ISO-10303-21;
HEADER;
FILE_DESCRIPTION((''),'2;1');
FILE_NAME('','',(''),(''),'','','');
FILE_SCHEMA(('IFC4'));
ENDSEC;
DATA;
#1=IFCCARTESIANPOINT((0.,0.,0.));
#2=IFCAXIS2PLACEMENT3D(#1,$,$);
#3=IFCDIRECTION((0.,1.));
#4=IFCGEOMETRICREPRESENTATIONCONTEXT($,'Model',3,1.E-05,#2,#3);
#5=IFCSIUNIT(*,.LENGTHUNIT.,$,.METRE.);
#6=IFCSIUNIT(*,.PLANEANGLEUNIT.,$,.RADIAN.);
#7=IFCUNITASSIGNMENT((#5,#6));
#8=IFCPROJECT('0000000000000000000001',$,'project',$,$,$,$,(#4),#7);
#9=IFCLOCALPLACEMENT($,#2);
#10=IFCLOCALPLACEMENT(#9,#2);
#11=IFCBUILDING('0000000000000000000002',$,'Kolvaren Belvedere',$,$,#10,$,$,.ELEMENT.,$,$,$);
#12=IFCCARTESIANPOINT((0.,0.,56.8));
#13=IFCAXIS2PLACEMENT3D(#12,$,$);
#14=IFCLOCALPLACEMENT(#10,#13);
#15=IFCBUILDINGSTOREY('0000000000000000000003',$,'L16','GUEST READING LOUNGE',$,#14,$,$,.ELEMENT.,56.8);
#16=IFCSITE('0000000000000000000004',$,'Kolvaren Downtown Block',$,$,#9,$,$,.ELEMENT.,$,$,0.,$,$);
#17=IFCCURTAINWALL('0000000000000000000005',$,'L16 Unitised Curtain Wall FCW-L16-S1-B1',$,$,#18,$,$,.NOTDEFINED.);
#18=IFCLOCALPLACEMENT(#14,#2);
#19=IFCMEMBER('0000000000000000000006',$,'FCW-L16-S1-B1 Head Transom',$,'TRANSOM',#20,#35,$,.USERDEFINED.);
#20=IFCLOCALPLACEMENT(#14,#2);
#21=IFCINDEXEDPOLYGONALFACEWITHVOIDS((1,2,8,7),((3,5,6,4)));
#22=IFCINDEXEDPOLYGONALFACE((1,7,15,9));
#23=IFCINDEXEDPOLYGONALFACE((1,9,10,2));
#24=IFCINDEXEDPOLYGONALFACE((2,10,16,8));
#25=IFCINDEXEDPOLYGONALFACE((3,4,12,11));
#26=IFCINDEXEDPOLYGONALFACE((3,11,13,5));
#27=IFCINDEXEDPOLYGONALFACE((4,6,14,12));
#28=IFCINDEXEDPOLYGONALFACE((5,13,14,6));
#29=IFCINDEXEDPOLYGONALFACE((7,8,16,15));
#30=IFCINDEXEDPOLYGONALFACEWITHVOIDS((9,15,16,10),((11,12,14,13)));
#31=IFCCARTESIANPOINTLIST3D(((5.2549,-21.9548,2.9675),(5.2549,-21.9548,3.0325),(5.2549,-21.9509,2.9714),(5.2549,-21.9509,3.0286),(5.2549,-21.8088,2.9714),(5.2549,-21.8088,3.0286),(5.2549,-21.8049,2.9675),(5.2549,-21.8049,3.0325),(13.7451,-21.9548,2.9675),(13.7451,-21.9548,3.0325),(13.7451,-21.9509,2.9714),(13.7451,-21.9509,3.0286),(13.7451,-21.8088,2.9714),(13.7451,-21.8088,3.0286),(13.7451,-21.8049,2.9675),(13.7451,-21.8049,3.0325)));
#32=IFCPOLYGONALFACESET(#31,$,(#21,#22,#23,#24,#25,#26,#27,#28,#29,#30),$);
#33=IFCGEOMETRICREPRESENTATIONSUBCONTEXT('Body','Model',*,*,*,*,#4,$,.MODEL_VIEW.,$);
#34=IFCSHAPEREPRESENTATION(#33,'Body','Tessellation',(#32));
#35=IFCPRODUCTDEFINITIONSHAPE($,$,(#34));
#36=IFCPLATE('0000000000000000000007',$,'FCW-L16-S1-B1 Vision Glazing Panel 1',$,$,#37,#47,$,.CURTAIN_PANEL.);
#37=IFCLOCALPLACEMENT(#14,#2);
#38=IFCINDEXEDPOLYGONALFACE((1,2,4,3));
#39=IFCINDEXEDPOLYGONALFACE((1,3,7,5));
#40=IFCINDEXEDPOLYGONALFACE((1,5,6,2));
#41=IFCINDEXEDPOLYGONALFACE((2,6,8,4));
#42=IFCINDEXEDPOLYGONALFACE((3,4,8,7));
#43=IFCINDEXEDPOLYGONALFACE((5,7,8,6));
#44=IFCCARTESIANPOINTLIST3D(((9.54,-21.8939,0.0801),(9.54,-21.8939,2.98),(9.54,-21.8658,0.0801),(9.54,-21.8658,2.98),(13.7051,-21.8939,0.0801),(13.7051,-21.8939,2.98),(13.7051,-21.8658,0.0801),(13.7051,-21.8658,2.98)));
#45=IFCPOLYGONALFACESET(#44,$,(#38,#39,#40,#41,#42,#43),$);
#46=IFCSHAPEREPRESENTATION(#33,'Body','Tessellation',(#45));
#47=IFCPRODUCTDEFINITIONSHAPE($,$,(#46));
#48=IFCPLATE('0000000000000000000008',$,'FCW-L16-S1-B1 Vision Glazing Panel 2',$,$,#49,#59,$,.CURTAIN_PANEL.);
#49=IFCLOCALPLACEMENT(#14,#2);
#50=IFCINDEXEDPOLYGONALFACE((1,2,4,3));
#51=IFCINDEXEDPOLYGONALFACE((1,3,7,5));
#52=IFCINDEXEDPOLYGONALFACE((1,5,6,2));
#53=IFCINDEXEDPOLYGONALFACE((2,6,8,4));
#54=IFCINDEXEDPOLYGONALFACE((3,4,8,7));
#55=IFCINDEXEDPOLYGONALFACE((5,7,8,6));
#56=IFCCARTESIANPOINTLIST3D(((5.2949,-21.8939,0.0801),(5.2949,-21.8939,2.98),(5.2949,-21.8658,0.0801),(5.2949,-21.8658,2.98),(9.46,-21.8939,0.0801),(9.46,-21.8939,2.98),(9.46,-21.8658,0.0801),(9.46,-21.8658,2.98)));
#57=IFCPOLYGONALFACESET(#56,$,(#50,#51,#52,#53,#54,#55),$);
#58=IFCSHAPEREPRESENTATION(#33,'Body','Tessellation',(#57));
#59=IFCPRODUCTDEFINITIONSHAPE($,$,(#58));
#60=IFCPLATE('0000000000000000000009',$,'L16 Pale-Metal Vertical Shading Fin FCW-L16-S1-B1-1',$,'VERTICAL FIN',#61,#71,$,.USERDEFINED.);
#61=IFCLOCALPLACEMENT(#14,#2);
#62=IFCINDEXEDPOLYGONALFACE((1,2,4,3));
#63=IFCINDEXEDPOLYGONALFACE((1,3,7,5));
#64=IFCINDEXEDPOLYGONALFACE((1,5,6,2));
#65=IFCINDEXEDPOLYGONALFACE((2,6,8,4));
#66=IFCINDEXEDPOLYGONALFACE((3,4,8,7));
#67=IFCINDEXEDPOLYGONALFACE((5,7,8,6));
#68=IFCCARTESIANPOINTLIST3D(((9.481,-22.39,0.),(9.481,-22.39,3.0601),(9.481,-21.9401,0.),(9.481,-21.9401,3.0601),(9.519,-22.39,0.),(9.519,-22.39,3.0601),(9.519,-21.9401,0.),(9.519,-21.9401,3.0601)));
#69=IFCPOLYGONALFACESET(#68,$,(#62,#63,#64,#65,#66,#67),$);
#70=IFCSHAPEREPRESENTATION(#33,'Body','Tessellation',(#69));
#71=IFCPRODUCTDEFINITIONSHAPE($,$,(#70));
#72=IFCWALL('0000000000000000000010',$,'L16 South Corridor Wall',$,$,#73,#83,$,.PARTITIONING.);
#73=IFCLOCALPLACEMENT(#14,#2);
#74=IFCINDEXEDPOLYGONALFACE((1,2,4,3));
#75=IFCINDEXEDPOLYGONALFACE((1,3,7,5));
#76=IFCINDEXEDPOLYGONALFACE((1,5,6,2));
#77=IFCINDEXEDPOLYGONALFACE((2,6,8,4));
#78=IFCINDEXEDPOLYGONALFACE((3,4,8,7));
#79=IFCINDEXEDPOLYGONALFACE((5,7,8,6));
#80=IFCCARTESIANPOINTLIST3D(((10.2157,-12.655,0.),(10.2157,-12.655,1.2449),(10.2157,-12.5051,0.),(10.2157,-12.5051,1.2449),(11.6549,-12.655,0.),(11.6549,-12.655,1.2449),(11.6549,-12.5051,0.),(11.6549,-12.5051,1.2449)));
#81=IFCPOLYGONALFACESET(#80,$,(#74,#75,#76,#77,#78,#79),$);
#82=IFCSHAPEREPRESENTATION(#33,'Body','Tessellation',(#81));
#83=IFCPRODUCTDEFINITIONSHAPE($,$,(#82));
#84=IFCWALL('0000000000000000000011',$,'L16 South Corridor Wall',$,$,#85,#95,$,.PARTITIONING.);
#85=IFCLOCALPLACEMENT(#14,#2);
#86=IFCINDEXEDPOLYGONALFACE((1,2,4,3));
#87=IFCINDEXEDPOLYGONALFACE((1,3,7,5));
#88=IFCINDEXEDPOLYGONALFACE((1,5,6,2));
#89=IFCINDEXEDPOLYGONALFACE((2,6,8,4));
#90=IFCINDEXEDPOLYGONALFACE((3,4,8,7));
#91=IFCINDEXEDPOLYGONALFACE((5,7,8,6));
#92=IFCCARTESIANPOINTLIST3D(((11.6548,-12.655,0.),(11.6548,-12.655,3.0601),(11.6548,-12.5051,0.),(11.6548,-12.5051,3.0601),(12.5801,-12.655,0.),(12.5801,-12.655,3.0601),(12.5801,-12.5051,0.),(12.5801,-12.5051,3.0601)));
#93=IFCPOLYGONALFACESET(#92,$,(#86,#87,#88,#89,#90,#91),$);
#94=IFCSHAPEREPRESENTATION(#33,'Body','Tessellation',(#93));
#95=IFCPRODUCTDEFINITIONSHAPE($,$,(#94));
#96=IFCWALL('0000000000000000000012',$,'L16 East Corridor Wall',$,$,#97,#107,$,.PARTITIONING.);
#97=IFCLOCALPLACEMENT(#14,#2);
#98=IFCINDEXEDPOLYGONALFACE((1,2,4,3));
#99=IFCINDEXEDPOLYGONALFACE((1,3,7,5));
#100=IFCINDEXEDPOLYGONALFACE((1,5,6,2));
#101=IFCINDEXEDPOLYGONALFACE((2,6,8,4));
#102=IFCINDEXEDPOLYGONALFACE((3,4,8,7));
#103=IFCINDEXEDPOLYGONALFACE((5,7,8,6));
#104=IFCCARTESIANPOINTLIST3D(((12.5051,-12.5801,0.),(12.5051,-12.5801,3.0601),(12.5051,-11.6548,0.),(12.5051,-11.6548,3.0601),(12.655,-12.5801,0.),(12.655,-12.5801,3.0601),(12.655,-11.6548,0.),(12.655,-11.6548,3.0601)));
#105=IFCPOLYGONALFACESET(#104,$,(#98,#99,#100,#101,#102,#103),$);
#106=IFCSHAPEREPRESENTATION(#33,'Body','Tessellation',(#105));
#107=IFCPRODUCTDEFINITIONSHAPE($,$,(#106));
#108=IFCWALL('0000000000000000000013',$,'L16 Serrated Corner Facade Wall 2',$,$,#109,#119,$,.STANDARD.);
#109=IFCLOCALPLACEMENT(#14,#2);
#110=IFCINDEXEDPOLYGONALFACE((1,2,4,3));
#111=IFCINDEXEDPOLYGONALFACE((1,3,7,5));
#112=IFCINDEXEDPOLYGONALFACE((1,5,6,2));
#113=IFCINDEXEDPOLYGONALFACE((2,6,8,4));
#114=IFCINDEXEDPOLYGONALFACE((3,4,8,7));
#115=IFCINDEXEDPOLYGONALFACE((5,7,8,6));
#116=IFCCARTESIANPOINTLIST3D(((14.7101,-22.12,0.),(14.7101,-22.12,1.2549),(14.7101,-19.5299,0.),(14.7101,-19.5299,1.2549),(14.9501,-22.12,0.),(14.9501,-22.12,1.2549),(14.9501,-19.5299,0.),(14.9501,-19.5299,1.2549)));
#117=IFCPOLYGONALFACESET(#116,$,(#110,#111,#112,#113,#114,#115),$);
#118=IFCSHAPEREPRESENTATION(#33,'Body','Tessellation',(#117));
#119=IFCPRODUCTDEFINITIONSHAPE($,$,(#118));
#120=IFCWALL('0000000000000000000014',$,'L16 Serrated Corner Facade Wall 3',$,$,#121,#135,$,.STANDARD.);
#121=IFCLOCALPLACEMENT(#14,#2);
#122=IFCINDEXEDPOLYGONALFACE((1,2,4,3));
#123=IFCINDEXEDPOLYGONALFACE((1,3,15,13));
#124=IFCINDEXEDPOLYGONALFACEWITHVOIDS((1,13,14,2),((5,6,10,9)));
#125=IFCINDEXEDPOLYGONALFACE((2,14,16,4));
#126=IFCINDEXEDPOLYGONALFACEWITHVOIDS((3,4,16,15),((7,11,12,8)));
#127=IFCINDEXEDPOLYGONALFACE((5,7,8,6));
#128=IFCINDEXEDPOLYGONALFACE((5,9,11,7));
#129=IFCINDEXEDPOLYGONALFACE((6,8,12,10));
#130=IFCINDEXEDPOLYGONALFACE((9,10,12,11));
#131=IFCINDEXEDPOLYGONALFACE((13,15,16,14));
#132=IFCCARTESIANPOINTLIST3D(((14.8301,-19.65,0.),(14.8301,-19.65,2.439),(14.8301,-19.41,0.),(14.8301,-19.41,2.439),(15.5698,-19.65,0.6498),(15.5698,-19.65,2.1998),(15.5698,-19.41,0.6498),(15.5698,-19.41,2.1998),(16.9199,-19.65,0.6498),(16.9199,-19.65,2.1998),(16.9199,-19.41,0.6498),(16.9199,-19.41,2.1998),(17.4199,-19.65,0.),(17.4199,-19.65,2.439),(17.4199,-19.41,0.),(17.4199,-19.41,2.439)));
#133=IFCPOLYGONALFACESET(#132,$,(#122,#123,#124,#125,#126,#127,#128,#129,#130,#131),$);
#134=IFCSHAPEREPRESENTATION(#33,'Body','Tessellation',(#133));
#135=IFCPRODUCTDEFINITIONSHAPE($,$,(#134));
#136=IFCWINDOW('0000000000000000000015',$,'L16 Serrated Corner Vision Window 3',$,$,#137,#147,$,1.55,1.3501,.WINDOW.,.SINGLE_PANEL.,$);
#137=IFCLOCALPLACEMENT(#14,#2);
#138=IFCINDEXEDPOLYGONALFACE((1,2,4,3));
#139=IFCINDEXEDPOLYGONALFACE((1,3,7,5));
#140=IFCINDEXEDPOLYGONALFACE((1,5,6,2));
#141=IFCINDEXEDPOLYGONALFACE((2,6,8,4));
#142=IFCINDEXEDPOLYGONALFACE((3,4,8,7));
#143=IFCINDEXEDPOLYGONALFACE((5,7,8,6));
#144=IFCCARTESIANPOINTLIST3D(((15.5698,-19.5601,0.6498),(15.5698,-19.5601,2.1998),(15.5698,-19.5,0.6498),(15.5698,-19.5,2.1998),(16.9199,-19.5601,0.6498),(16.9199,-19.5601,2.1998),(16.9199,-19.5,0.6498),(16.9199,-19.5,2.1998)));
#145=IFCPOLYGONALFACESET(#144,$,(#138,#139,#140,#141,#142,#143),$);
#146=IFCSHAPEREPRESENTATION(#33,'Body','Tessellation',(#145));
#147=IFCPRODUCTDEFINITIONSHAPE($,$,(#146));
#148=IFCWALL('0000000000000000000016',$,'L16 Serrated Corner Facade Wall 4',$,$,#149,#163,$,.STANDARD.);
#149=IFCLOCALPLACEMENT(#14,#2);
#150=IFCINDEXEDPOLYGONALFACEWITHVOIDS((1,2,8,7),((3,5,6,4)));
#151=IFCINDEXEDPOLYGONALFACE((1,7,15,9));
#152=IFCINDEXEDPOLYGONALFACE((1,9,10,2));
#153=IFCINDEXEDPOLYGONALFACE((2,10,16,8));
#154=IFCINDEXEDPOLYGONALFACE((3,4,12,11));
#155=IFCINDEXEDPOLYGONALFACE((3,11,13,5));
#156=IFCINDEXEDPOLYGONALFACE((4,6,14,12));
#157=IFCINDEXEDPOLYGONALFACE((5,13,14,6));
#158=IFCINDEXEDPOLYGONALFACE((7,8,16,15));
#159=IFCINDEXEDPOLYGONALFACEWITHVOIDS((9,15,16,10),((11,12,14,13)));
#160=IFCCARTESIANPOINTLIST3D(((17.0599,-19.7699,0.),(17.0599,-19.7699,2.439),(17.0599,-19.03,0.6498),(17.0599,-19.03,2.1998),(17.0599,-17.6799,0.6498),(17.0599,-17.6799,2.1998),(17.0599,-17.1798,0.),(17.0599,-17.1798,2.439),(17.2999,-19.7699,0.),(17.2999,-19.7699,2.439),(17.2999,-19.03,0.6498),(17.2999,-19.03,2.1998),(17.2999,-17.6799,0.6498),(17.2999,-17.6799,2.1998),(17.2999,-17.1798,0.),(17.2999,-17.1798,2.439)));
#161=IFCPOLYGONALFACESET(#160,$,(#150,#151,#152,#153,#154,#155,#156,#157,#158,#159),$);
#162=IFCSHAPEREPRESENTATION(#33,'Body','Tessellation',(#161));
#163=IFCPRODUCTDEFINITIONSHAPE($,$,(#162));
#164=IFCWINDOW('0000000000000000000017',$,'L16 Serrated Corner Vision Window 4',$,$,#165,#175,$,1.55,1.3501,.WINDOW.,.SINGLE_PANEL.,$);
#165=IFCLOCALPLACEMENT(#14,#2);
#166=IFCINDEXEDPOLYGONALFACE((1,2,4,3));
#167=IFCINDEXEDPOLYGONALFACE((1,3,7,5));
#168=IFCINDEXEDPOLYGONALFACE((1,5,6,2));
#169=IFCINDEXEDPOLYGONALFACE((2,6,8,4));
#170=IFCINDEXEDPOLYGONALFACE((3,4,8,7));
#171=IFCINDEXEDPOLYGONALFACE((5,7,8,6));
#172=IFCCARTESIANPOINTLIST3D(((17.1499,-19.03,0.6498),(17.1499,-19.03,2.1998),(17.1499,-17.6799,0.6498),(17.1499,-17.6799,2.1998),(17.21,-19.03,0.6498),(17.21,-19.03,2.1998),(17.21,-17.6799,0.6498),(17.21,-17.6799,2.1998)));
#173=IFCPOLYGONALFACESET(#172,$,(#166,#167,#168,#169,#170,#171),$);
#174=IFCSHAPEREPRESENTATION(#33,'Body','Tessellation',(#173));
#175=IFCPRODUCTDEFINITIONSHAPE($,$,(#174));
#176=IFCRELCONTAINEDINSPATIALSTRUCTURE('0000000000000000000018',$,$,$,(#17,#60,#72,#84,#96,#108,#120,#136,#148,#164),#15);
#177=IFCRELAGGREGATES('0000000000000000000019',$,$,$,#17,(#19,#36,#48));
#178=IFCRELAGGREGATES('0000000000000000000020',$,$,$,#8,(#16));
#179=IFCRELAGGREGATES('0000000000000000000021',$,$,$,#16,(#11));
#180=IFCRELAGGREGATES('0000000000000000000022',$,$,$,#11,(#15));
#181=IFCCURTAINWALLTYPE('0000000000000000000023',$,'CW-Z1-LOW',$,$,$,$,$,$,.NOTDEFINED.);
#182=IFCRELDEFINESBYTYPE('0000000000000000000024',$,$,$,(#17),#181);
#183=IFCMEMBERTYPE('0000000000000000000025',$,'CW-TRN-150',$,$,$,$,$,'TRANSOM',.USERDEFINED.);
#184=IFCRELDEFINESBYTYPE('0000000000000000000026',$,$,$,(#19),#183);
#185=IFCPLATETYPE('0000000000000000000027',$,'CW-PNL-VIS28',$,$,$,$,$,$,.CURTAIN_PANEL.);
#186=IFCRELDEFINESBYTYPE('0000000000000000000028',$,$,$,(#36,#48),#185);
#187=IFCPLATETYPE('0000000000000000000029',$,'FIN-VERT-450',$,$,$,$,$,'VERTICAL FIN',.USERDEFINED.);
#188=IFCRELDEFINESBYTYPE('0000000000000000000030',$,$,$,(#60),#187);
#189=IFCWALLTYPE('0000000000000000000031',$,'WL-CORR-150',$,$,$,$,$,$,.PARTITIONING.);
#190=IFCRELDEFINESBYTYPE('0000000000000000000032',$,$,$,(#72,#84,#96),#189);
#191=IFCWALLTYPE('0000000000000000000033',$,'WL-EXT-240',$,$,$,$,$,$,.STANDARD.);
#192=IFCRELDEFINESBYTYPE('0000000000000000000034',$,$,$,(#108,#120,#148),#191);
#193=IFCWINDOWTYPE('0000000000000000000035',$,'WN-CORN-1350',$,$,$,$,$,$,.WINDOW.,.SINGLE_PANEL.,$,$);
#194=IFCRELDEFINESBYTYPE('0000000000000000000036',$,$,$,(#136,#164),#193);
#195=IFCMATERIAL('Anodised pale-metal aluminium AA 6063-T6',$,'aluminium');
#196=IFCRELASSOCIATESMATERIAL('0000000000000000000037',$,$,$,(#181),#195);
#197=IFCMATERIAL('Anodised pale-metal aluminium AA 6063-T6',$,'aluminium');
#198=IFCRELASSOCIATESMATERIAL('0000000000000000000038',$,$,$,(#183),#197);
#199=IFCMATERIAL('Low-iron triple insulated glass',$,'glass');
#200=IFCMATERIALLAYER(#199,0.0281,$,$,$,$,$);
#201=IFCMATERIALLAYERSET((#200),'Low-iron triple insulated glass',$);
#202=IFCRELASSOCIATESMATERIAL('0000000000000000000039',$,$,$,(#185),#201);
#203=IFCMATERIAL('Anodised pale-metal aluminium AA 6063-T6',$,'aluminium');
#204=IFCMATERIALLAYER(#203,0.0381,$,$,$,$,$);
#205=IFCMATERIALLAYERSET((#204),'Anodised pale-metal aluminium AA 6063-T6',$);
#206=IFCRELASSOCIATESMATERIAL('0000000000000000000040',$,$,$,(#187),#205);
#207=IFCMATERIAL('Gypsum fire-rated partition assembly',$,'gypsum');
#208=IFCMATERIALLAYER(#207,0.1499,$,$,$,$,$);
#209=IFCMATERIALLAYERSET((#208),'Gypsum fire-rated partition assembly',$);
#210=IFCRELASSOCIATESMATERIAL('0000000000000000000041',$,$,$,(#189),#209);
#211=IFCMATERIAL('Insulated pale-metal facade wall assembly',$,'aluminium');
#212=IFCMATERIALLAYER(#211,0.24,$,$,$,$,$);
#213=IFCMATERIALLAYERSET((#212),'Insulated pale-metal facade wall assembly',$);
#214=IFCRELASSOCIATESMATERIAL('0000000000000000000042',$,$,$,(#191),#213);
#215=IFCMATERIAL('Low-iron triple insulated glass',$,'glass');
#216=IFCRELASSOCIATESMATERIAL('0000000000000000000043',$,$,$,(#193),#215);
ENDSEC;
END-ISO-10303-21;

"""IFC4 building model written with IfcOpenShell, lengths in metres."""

from ifc_helpers import new_model, si_unit, direction, frame, frame_2d, origin, origin_2d, place, context, subcontext, project, spatial, rectangle, hollow_rectangle, extrude, material, layer, layer_set, material_profile, profile_set, type_object, element, fill, aggregate, save


model = new_model("IFC4")

# Units and contexts
model_context = context("Model", 3, precision=1e-05, world=origin(), true_north=direction((0.0, 1.0)))
body_context = subcontext(model_context, "Body", "Model", "MODEL_VIEW")
ifc_project = project(units=[si_unit("LENGTHUNIT", "METRE"), si_unit("PLANEANGLEUNIT", "RADIAN")], contexts=[model_context])

# Site, building, storey
site_placement = place(None, origin())
site = spatial("IfcSite", under=ifc_project, at=site_placement, Name="Kolvaren Downtown Block", CompositionType="ELEMENT", RefElevation=0.0)
building_placement = place(site_placement, origin())
building = spatial("IfcBuilding", under=site, at=building_placement, Name="Kolvaren Belvedere", CompositionType="ELEMENT")
storey_placement = place(building_placement, frame((0.0, 0.0, 56.8)))
storey = spatial("IfcBuildingStorey", under=building, at=storey_placement, Name="L16", Description="GUEST READING LOUNGE", CompositionType="ELEMENT", Elevation=56.8)

# Curtain wall
ifc_material_1 = material(Name="Anodised pale-metal aluminium AA 6063-T6", Category="aluminium")
curtain_wall_type = type_object("IfcCurtainWallType", Name="CW-Z1-LOW", PredefinedType="NOTDEFINED", material=ifc_material_1)
curtain_wall_1_placement = place(storey_placement, origin())
curtain_wall_1 = element("IfcCurtainWall", 1, at=curtain_wall_1_placement, inside=storey, type_object=curtain_wall_type, Name="L16 Unitised Curtain Wall FCW-L16-S1-B1", PredefinedType="NOTDEFINED")

# Member
ifc_material_2 = material(Name="Anodised pale-metal aluminium AA 6063-T6", Category="aluminium")
ifc_material_profile_1 = material_profile(ifc_material_2, hollow_rectangle(XDim=0.0649, YDim=0.1499, WallThickness=0.0039, at=origin_2d()), Name="ALU-TRN-150X65")
ifc_profile_set_1 = profile_set([ifc_material_profile_1], Name="Anodised pale-metal aluminium AA 6063-T6")
member_type_1 = type_object("IfcMemberType", Name="CW-TRN-150", ElementType="TRANSOM", PredefinedType="USERDEFINED", material=ifc_profile_set_1)
member_1_placement = place(storey_placement, frame((13.7451, -21.8799, 3.0), z_axis=(-1.0, 0.0, 0.0), x_axis=(0.0, 0.0, 1.0)))
member_1 = element("IfcMember", 2, at=member_1_placement, type_object=member_type_1, Name="FCW-L16-S1-B1 Head Transom", ObjectType="TRANSOM", PredefinedType="USERDEFINED", context=body_context, shape_type="SweptSolid", body=[
    extrude(hollow_rectangle(XDim=0.0649, YDim=0.1499, WallThickness=0.0039, at=origin_2d()), origin(), (0.0, 0.0, 1.0), 8.4902),
])

# Plates
ifc_material_3 = material(Name="Low-iron triple insulated glass", Category="glass")
ifc_layer_1 = layer(ifc_material_3, 0.0281)
ifc_layer_set_1 = layer_set([ifc_layer_1], Name="Low-iron triple insulated glass")
plate_type_1 = type_object("IfcPlateType", Name="CW-PNL-VIS28", PredefinedType="CURTAIN_PANEL", material=ifc_layer_set_1)
plate_1_placement = place(storey_placement, frame((11.6226, -21.8799, 0.0801), z_axis=(0.0, 0.0, 1.0), x_axis=(-1.0, 0.0, 0.0)))
plate_1 = element("IfcPlate", 3, at=plate_1_placement, type_object=plate_type_1, Name="FCW-L16-S1-B1 Vision Glazing Panel 1", PredefinedType="CURTAIN_PANEL", context=body_context, shape_type="SweptSolid", body=[
    extrude(rectangle(XDim=4.165, YDim=0.0281, at=origin_2d()), origin(), (0.0, 0.0, 1.0), 2.8999),
])
plate_2_placement = place(storey_placement, frame((7.3774, -21.8799, 0.0801), z_axis=(0.0, 0.0, 1.0), x_axis=(-1.0, 0.0, 0.0)))
plate_2 = element("IfcPlate", 4, at=plate_2_placement, type_object=plate_type_1, Name="FCW-L16-S1-B1 Vision Glazing Panel 2", PredefinedType="CURTAIN_PANEL", context=body_context, shape_type="SweptSolid", body=[
    extrude(rectangle(XDim=4.165, YDim=0.0281, at=origin_2d()), origin(), (0.0, 0.0, 1.0), 2.8999),
])
aggregate(curtain_wall_1, [member_1, plate_1, plate_2])
ifc_material_4 = material(Name="Anodised pale-metal aluminium AA 6063-T6", Category="aluminium")
ifc_layer_2 = layer(ifc_material_4, 0.0381)
ifc_layer_set_2 = layer_set([ifc_layer_2], Name="Anodised pale-metal aluminium AA 6063-T6")
plate_type_2 = type_object("IfcPlateType", Name="FIN-VERT-450", ElementType="VERTICAL FIN", PredefinedType="USERDEFINED", material=ifc_layer_set_2)
plate_3_placement = place(storey_placement, frame((9.5, -22.165, 0.0), z_axis=(0.0, 0.0, 1.0), x_axis=(0.0, 1.0, 0.0)))
element("IfcPlate", 5, at=plate_3_placement, inside=storey, type_object=plate_type_2, Name="L16 Pale-Metal Vertical Shading Fin FCW-L16-S1-B1-1", ObjectType="VERTICAL FIN", PredefinedType="USERDEFINED", context=body_context, shape_type="SweptSolid", body=[
    extrude(rectangle(XDim=0.45, YDim=0.0381, at=origin_2d()), origin(), (0.0, 0.0, 1.0), 3.0601),
])

# Walls
ifc_material_5 = material(Name="Gypsum fire-rated partition assembly", Category="gypsum")
ifc_layer_3 = layer(ifc_material_5, 0.1499)
ifc_layer_set_3 = layer_set([ifc_layer_3], Name="Gypsum fire-rated partition assembly")
wall_type_1 = type_object("IfcWallType", Name="WL-CORR-150", PredefinedType="PARTITIONING", material=ifc_layer_set_3)
wall_1_placement = place(storey_placement, frame((10.2156, -12.5801, 0.0), z_axis=(0.0, 0.0, 1.0), x_axis=(1.0, 0.0, 0.0)))
element("IfcWall", 6, at=wall_1_placement, inside=storey, type_object=wall_type_1, Name="L16 South Corridor Wall", PredefinedType="PARTITIONING", context=body_context, shape_type="SweptSolid", body=[
    extrude(rectangle(XDim=1.4392, YDim=0.1499, at=frame_2d((0.7197, 0.0))), origin(), (0.0, 0.0, 1.0), 1.2449),
])
for number, where, z_axis, x_axis, name in (
    (7, (11.6548, -12.5801, 0.0), (0.0, 0.0, 1.0), (1.0, 0.0, 0.0), "L16 South Corridor Wall"),
    (8, (12.5801, -12.5801, 0.0), (0.0, 0.0, 1.0), (0.0, 1.0, 0.0), "L16 East Corridor Wall"),
):
    element("IfcWall", number, at=place(storey_placement, frame(where, z_axis=z_axis, x_axis=x_axis)), inside=storey, type_object=wall_type_1, Name=name, PredefinedType="PARTITIONING", context=body_context, shape_type="SweptSolid", body=[
        extrude(rectangle(XDim=0.9253, YDim=0.1499, at=frame_2d((0.4626, 0.0))), origin(), (0.0, 0.0, 1.0), 3.0601),
    ])
ifc_material_6 = material(Name="Insulated pale-metal facade wall assembly", Category="aluminium")
ifc_layer_4 = layer(ifc_material_6, 0.24)
ifc_layer_set_4 = layer_set([ifc_layer_4], Name="Insulated pale-metal facade wall assembly")
wall_type_2 = type_object("IfcWallType", Name="WL-EXT-240", PredefinedType="STANDARD", material=ifc_layer_set_4)
wall_2_placement = place(storey_placement, frame((14.8301, -19.53, 0.0), z_axis=(0.0, 0.0, 1.0), x_axis=(0.0, -1.0, 0.0)))
element("IfcWall", 9, at=wall_2_placement, inside=storey, type_object=wall_type_2, Name="L16 Serrated Corner Facade Wall 2", PredefinedType="STANDARD", context=body_context, shape_type="SweptSolid", body=[
    extrude(rectangle(XDim=2.5901, YDim=0.24, at=frame_2d((1.2949, 0.0))), origin(), (0.0, 0.0, 1.0), 1.2549),
])

# Walls, openings, windows
wall_3_placement = place(storey_placement, frame((17.4199, -19.53, 0.0), z_axis=(0.0, 0.0, 1.0), x_axis=(-1.0, 0.0, 0.0)))
wall_3 = element("IfcWall", 10, at=wall_3_placement, inside=storey, type_object=wall_type_2, Name="L16 Serrated Corner Facade Wall 3", PredefinedType="STANDARD", context=body_context, shape_type="SweptSolid", body=[
    extrude(rectangle(XDim=2.5898, YDim=0.24, at=frame_2d((1.2949, 0.0))), origin(), (0.0, 0.0, 1.0), 2.439),
])
opening_1_placement = place(wall_3_placement, frame((0.5, 0.0, 0.6499)))
opening_1 = element("IfcOpeningElement", 11, at=opening_1_placement, cuts=wall_3, PredefinedType="OPENING", context=body_context, shape_type="SweptSolid", body=[
    extrude(rectangle(XDim=1.3501, YDim=1.55, at=frame_2d((0.675, 0.7749))), frame((0.0, 0.1299, 0.0), z_axis=(0.0, -1.0, 0.0), x_axis=(1.0, 0.0, 0.0)), (0.0, 0.0, 1.0), 0.26),
])
ifc_material_7 = material(Name="Low-iron triple insulated glass", Category="glass")
window_type = type_object("IfcWindowType", Name="WN-CORN-1350", PartitioningType="SINGLE_PANEL", PredefinedType="WINDOW", material=ifc_material_7)
window_1_placement = place(opening_1_placement, origin())
window_1 = element("IfcWindow", 12, at=window_1_placement, inside=storey, type_object=window_type, Name="L16 Serrated Corner Vision Window 3", OverallHeight=1.55, OverallWidth=1.3501, PartitioningType="SINGLE_PANEL", PredefinedType="WINDOW", context=body_context, shape_type="SweptSolid", body=[
    extrude(rectangle(XDim=1.3501, YDim=1.55, at=frame_2d((0.675, 0.7749))), frame((0.0, 0.03, 0.0), z_axis=(0.0, -1.0, 0.0), x_axis=(1.0, 0.0, 0.0)), (0.0, 0.0, 1.0), 0.0601),
])
fill(opening_1, window_1)
wall_4_placement = place(storey_placement, frame((17.1799, -17.1799, 0.0), z_axis=(0.0, 0.0, 1.0), x_axis=(0.0, -1.0, 0.0)))
wall_4 = element("IfcWall", 13, at=wall_4_placement, inside=storey, type_object=wall_type_2, Name="L16 Serrated Corner Facade Wall 4", PredefinedType="STANDARD", context=body_context, shape_type="SweptSolid", body=[
    extrude(rectangle(XDim=2.5901, YDim=0.24, at=frame_2d((1.2949, 0.0))), origin(), (0.0, 0.0, 1.0), 2.439),
])
opening_2_placement = place(wall_4_placement, frame((0.5, 0.0, 0.6499)))
opening_2 = element("IfcOpeningElement", 14, at=opening_2_placement, cuts=wall_4, PredefinedType="OPENING", context=body_context, shape_type="SweptSolid", body=[
    extrude(rectangle(XDim=1.3501, YDim=1.55, at=frame_2d((0.675, 0.7749))), frame((0.0, 0.1299, 0.0), z_axis=(0.0, -1.0, 0.0), x_axis=(1.0, 0.0, 0.0)), (0.0, 0.0, 1.0), 0.26),
])
window_2_placement = place(opening_2_placement, origin())
window_2 = element("IfcWindow", 15, at=window_2_placement, inside=storey, type_object=window_type, Name="L16 Serrated Corner Vision Window 4", OverallHeight=1.55, OverallWidth=1.3501, PartitioningType="SINGLE_PANEL", PredefinedType="WINDOW", context=body_context, shape_type="SweptSolid", body=[
    extrude(rectangle(XDim=1.3501, YDim=1.55, at=frame_2d((0.675, 0.7749))), frame((0.0, 0.03, 0.0), z_axis=(0.0, -1.0, 0.0), x_axis=(1.0, 0.0, 0.0)), (0.0, 0.0, 1.0), 0.0601),
])
fill(opening_2, window_2)

save(model, "model.ifc")
